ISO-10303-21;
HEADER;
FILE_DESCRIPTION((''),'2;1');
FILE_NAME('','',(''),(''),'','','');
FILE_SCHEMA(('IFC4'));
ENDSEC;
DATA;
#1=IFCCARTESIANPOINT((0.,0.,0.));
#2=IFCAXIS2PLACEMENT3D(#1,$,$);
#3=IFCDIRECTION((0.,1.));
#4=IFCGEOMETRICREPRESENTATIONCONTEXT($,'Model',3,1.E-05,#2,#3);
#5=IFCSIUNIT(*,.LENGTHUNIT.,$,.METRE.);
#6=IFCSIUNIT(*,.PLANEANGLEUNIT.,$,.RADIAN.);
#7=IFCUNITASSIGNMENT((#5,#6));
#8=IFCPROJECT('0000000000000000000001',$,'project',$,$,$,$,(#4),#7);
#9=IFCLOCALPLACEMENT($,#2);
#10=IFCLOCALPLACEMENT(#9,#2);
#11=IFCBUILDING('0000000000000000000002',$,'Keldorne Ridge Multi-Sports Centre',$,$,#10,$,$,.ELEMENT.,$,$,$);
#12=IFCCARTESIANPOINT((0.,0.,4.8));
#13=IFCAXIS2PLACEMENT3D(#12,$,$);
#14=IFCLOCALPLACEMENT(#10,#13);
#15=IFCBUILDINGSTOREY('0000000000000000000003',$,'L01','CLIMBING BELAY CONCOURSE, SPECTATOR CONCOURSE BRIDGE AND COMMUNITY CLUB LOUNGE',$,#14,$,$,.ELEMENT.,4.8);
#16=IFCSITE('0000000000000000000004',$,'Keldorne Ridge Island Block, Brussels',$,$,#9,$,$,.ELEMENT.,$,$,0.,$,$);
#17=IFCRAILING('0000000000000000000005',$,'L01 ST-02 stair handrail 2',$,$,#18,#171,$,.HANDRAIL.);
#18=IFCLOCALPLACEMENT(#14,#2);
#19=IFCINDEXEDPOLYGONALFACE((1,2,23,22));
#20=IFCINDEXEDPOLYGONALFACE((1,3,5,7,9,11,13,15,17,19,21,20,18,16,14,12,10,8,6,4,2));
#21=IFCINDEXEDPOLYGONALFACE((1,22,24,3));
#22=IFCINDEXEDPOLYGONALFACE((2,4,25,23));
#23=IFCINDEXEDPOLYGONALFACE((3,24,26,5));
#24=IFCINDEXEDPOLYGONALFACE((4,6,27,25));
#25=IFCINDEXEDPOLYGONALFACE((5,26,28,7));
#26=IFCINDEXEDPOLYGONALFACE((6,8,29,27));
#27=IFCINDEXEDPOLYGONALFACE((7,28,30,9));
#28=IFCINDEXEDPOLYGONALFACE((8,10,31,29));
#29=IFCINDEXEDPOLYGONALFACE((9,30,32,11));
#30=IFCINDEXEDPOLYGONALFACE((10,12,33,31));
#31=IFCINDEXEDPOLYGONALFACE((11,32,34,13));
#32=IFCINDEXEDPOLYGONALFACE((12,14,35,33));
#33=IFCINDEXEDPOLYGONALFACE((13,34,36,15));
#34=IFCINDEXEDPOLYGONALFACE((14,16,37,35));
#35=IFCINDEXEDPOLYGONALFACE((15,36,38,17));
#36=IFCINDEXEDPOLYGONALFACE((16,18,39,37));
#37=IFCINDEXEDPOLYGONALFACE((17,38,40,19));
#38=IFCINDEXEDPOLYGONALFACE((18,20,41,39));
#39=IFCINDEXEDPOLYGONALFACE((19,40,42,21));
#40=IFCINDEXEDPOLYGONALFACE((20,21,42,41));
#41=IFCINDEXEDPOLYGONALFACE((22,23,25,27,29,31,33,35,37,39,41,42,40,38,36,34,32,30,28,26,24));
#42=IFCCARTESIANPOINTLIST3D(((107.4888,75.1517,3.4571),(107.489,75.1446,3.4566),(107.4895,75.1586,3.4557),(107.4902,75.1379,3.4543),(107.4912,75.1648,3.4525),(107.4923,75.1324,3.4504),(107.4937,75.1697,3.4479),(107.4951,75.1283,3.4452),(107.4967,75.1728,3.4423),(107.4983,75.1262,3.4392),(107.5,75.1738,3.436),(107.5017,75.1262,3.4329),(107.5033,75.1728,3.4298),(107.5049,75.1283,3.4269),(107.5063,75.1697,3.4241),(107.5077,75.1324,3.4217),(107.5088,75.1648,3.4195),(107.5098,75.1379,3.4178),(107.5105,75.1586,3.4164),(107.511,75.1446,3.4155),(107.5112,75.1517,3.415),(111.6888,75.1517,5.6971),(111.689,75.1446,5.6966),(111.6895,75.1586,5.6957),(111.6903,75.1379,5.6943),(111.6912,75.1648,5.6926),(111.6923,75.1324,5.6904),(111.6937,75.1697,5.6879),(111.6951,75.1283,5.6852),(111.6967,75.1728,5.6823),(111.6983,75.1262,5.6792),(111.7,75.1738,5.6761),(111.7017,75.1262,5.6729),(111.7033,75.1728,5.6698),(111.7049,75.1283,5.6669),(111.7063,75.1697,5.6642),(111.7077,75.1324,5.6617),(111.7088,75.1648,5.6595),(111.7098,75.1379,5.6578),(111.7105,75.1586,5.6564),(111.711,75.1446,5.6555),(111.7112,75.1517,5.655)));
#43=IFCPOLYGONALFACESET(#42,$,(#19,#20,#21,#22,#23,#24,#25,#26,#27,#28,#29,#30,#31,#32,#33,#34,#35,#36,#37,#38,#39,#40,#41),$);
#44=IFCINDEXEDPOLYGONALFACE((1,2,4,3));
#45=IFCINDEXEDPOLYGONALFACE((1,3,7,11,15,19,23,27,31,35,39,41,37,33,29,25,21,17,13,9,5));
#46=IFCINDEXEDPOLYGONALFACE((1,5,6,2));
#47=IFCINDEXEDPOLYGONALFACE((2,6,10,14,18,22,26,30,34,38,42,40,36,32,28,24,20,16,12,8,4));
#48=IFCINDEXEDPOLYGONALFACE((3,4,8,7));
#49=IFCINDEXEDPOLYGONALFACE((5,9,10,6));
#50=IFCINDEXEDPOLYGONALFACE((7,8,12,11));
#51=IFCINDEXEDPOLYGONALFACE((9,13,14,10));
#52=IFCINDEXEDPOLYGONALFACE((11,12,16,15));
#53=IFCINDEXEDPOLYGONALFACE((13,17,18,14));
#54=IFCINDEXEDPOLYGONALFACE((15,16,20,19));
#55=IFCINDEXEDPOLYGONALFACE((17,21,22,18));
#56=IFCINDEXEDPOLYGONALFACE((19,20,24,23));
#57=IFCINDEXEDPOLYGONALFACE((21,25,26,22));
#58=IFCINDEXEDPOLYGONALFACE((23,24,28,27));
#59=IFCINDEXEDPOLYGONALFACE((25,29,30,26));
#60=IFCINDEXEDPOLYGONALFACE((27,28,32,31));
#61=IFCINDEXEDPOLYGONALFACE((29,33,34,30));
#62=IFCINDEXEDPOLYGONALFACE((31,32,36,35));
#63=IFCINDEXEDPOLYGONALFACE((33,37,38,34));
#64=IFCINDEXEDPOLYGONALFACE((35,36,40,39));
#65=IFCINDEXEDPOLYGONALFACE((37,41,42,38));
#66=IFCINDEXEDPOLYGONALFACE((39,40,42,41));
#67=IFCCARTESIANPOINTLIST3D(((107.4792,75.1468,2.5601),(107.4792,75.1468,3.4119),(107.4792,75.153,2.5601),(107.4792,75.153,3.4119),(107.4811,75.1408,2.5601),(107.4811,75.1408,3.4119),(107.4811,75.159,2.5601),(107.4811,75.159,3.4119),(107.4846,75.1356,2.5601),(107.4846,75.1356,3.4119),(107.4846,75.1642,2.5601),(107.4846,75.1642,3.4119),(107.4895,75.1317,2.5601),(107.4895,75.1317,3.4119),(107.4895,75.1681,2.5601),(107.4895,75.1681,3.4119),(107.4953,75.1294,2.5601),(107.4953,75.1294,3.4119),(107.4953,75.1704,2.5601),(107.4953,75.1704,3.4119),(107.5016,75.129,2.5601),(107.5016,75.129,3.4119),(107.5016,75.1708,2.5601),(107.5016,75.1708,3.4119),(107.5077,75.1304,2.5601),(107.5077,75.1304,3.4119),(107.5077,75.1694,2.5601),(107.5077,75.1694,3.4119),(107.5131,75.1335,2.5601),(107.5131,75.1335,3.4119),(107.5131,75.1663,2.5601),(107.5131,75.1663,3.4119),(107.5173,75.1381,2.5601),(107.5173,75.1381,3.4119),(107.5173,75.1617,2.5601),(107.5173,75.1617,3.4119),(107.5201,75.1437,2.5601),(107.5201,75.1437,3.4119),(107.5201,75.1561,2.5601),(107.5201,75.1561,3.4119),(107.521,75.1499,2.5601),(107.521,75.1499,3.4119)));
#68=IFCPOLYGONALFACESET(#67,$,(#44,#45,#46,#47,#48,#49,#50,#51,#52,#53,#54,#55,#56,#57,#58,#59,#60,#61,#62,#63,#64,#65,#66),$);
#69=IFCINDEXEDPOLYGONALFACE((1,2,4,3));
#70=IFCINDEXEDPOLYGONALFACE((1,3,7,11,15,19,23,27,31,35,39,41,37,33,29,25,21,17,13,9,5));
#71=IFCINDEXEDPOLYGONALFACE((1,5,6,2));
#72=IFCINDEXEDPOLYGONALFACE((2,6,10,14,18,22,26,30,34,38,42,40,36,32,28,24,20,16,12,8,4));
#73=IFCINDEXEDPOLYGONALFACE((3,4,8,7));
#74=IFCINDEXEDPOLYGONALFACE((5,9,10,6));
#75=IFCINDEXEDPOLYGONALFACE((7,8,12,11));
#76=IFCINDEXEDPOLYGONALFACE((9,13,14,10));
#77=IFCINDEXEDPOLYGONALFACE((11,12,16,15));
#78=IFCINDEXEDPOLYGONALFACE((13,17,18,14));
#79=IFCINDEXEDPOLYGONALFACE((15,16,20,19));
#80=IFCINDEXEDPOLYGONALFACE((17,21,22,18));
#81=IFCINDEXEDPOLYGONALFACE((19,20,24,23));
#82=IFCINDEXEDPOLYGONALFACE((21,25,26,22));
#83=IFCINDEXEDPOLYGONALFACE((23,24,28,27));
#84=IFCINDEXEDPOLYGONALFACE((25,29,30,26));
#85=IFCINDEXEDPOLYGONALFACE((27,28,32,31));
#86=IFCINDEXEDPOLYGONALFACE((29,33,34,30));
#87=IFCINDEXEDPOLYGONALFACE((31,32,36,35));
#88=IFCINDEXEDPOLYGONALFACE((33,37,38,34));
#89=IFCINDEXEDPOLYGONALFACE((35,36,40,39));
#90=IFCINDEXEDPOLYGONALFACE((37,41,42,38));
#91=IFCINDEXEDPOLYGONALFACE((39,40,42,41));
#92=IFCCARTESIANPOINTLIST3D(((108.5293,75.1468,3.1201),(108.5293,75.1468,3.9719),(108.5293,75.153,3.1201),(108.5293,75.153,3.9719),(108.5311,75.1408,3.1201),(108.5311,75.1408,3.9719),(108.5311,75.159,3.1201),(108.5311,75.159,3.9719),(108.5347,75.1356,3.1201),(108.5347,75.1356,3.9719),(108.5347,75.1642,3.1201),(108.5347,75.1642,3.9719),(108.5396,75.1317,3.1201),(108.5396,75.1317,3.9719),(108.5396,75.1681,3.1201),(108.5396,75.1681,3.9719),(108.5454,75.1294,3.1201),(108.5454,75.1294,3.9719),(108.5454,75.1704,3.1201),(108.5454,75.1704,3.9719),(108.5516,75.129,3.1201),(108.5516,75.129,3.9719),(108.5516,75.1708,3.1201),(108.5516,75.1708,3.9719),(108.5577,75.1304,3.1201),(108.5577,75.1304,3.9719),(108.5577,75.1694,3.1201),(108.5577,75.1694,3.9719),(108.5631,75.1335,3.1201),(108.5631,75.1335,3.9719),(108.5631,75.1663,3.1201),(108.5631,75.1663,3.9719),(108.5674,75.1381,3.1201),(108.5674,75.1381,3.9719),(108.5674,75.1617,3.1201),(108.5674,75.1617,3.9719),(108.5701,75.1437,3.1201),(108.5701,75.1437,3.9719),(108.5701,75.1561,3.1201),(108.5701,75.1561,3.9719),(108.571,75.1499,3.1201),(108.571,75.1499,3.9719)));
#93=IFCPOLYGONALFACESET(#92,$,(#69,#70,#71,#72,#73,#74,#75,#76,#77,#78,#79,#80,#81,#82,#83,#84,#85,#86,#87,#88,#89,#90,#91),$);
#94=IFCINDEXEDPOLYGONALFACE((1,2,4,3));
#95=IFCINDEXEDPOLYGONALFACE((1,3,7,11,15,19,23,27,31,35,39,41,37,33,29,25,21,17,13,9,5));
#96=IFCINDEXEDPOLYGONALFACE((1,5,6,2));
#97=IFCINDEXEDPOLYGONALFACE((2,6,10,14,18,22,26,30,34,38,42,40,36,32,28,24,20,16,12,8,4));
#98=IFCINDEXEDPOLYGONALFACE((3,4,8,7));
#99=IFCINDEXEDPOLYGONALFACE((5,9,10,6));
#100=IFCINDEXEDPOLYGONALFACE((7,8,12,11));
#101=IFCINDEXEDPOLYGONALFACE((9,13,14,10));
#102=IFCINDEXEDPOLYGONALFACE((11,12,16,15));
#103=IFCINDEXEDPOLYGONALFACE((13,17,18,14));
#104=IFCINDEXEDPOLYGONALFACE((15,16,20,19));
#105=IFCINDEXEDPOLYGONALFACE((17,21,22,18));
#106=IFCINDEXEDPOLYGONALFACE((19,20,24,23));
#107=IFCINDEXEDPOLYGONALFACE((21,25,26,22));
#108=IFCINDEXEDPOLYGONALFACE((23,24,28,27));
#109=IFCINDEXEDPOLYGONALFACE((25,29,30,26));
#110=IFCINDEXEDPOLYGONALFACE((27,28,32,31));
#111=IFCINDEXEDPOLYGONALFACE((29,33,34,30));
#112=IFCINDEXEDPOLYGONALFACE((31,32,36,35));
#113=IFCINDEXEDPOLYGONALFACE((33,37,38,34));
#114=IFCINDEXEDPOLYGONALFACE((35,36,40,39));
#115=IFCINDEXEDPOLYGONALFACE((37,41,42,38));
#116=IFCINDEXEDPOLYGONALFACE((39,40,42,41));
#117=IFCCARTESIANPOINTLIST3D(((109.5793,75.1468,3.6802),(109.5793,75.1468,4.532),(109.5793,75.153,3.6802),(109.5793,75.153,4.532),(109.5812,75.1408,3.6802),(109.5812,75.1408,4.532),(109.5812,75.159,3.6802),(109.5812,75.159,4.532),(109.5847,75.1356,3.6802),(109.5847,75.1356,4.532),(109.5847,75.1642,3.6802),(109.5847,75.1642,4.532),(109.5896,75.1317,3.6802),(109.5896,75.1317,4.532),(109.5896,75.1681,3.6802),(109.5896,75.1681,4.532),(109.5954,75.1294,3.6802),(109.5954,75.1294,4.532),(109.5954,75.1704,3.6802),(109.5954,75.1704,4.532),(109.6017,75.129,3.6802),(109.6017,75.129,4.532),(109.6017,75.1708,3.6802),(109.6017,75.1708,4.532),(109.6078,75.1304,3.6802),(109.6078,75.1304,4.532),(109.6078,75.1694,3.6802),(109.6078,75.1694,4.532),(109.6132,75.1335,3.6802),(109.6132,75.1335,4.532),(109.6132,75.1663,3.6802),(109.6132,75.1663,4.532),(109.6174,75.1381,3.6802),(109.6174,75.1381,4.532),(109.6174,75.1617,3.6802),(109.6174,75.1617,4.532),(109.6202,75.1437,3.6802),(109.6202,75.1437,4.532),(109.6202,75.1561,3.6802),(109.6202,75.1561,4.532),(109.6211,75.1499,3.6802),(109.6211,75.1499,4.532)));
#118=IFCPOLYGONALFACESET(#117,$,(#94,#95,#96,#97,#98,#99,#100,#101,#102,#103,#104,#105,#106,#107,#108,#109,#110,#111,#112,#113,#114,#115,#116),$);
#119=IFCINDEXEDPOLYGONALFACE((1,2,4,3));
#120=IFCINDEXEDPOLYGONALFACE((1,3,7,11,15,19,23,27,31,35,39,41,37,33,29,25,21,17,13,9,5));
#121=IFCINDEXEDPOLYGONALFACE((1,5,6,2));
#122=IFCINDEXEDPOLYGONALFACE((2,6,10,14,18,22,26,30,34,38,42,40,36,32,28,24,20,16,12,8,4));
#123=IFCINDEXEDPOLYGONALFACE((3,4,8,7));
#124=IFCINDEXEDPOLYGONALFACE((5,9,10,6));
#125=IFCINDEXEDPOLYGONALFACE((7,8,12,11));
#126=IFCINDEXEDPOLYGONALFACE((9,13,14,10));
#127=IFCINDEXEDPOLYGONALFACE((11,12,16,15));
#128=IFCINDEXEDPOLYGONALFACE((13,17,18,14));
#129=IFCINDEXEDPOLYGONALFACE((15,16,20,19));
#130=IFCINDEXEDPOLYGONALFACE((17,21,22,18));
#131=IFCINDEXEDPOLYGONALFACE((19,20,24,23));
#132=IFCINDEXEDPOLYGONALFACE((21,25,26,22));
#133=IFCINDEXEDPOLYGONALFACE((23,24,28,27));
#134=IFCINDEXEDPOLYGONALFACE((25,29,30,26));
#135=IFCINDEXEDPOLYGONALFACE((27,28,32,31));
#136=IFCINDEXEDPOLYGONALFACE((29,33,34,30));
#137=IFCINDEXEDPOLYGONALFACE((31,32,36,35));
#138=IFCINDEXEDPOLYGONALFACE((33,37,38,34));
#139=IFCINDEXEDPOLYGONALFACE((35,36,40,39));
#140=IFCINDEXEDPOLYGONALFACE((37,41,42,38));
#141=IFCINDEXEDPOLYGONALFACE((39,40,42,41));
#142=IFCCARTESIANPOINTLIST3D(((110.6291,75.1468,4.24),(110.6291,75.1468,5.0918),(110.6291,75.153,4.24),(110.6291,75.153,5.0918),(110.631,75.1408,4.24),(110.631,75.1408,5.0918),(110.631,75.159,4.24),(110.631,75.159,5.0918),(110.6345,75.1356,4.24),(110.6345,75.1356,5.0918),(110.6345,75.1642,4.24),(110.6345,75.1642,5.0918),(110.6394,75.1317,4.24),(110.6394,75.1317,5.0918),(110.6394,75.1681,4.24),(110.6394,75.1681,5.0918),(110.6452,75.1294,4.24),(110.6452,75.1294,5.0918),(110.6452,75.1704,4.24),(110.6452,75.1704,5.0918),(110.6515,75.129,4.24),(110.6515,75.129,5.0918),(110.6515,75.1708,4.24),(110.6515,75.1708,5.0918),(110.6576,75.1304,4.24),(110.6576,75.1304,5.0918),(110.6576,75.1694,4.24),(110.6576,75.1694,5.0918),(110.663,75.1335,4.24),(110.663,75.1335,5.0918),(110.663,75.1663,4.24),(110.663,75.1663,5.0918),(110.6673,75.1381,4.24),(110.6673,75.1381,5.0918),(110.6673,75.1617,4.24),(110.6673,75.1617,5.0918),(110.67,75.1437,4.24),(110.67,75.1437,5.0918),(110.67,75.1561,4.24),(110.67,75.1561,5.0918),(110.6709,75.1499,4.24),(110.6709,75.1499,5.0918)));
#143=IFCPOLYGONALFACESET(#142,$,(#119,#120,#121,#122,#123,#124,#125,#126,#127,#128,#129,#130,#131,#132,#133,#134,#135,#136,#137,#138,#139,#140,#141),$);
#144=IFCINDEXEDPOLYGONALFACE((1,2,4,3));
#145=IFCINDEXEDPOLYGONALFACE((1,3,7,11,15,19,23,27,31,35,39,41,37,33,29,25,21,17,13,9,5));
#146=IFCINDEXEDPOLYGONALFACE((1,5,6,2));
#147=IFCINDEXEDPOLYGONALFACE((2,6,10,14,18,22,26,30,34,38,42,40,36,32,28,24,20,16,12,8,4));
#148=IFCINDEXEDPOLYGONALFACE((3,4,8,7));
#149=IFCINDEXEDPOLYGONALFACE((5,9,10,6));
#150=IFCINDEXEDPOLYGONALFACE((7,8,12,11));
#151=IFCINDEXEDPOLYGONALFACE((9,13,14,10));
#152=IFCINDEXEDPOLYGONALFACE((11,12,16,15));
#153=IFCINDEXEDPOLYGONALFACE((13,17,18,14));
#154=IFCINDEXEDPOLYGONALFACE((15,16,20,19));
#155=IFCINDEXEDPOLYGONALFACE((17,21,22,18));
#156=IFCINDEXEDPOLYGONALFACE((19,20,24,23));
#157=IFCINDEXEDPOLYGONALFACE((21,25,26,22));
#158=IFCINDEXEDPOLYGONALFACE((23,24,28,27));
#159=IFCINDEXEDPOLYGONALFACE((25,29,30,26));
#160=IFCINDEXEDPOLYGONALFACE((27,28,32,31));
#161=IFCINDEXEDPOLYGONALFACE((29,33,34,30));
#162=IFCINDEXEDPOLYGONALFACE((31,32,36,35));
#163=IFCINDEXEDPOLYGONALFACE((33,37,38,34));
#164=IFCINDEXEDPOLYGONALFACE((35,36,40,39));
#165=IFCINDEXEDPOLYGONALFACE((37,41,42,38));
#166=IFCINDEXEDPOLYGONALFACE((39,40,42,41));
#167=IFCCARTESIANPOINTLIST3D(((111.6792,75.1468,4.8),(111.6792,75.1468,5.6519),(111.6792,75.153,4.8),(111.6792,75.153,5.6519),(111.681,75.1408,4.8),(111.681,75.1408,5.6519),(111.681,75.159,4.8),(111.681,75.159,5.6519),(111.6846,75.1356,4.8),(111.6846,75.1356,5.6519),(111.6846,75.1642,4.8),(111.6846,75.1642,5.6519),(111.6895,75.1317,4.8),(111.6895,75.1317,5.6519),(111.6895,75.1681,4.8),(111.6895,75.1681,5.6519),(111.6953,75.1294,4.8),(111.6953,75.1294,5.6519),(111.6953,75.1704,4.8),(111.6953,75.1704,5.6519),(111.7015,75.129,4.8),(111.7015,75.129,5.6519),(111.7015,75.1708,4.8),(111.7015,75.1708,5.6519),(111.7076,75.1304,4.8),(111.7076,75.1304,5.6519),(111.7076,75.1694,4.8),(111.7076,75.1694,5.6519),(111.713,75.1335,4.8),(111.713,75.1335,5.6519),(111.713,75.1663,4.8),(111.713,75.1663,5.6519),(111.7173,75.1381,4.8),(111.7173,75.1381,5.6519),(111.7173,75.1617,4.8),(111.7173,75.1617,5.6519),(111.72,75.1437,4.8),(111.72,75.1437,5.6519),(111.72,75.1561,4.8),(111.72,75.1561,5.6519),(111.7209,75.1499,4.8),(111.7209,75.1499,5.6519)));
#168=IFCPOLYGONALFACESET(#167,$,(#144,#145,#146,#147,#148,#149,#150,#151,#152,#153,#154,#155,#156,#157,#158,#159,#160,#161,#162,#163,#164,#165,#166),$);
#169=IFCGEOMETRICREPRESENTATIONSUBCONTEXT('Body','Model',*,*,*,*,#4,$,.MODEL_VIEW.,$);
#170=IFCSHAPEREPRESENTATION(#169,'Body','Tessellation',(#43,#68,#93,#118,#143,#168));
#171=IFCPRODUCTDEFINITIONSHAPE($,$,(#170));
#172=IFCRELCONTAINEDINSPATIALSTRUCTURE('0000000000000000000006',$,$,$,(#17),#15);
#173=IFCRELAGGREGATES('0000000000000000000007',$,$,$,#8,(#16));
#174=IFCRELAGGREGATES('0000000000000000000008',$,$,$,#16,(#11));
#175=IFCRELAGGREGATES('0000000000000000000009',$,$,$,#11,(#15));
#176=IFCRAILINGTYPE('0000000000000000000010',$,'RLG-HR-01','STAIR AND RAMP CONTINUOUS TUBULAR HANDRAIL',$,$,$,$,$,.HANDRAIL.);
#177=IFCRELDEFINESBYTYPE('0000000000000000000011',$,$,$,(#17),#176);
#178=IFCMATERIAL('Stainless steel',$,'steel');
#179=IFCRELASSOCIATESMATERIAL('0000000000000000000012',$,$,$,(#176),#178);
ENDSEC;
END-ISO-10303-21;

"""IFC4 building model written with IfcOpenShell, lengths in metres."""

from ifc_helpers import new_model, si_unit, direction, frame, origin, origin_2d, place, context, subcontext, project, spatial, circle, extrude, material, type_object, element, save


model = new_model("IFC4")

# Units and contexts
model_context = context("Model", 3, precision=1e-05, world=origin(), true_north=direction((0.0, 1.0)))
body_context = subcontext(model_context, "Body", "Model", "MODEL_VIEW")
ifc_project = project(units=[si_unit("LENGTHUNIT", "METRE"), si_unit("PLANEANGLEUNIT", "RADIAN")], contexts=[model_context])

# Site, building, storey
site_placement = place(None, origin())
site = spatial("IfcSite", under=ifc_project, at=site_placement, Name="Keldorne Ridge Island Block, Brussels", CompositionType="ELEMENT", RefElevation=0.0)
building_placement = place(site_placement, origin())
building = spatial("IfcBuilding", under=site, at=building_placement, Name="Keldorne Ridge Multi-Sports Centre", CompositionType="ELEMENT")
storey_placement = place(building_placement, frame((0.0, 0.0, 4.8)))
storey = spatial("IfcBuildingStorey", under=building, at=storey_placement, Name="L01", Description="CLIMBING BELAY CONCOURSE, SPECTATOR CONCOURSE BRIDGE AND COMMUNITY CLUB LOUNGE", CompositionType="ELEMENT", Elevation=4.8)

# Shared definitions
ifc_material_1 = material(Name="Stainless steel", Category="steel")

# Railing
railing_type_1 = type_object("IfcRailingType", Name="RLG-HR-01", Description="STAIR AND RAMP CONTINUOUS TUBULAR HANDRAIL", PredefinedType="HANDRAIL", material=ifc_material_1)
railing_1_placement = place(storey_placement, frame((107.5, 75.1499, 2.5601)))
element("IfcRailing", 1, at=railing_1_placement, inside=storey, type_object=railing_type_1, Name="L01 ST-02 stair handrail 2", PredefinedType="HANDRAIL", context=body_context, shape_type="SweptSolid", body=[
    extrude(circle(Radius=0.0239, at=origin_2d()), frame((0.0, 0.0, 0.876), z_axis=(0.882352, 0.0, 0.470591), x_axis=(0.0, 1.0, 0.0)), (0.0, 0.0, 1.0), 4.76),
    extrude(circle(Radius=0.021, at=origin_2d()), origin(), (0.0, 0.0, 1.0), 0.8518),
    extrude(circle(Radius=0.021, at=origin_2d()), frame((1.05, 0.0, 0.5601)), (0.0, 0.0, 1.0), 0.8518),
    extrude(circle(Radius=0.021, at=origin_2d()), frame((2.1001, 0.0, 1.1201)), (0.0, 0.0, 1.0), 0.8518),
    extrude(circle(Radius=0.021, at=origin_2d()), frame((3.1499, 0.0, 1.6799)), (0.0, 0.0, 1.0), 0.8518),
    extrude(circle(Radius=0.021, at=origin_2d()), frame((4.2, 0.0, 2.24)), (0.0, 0.0, 1.0), 0.8518),
])

save(model, "model.ifc")
